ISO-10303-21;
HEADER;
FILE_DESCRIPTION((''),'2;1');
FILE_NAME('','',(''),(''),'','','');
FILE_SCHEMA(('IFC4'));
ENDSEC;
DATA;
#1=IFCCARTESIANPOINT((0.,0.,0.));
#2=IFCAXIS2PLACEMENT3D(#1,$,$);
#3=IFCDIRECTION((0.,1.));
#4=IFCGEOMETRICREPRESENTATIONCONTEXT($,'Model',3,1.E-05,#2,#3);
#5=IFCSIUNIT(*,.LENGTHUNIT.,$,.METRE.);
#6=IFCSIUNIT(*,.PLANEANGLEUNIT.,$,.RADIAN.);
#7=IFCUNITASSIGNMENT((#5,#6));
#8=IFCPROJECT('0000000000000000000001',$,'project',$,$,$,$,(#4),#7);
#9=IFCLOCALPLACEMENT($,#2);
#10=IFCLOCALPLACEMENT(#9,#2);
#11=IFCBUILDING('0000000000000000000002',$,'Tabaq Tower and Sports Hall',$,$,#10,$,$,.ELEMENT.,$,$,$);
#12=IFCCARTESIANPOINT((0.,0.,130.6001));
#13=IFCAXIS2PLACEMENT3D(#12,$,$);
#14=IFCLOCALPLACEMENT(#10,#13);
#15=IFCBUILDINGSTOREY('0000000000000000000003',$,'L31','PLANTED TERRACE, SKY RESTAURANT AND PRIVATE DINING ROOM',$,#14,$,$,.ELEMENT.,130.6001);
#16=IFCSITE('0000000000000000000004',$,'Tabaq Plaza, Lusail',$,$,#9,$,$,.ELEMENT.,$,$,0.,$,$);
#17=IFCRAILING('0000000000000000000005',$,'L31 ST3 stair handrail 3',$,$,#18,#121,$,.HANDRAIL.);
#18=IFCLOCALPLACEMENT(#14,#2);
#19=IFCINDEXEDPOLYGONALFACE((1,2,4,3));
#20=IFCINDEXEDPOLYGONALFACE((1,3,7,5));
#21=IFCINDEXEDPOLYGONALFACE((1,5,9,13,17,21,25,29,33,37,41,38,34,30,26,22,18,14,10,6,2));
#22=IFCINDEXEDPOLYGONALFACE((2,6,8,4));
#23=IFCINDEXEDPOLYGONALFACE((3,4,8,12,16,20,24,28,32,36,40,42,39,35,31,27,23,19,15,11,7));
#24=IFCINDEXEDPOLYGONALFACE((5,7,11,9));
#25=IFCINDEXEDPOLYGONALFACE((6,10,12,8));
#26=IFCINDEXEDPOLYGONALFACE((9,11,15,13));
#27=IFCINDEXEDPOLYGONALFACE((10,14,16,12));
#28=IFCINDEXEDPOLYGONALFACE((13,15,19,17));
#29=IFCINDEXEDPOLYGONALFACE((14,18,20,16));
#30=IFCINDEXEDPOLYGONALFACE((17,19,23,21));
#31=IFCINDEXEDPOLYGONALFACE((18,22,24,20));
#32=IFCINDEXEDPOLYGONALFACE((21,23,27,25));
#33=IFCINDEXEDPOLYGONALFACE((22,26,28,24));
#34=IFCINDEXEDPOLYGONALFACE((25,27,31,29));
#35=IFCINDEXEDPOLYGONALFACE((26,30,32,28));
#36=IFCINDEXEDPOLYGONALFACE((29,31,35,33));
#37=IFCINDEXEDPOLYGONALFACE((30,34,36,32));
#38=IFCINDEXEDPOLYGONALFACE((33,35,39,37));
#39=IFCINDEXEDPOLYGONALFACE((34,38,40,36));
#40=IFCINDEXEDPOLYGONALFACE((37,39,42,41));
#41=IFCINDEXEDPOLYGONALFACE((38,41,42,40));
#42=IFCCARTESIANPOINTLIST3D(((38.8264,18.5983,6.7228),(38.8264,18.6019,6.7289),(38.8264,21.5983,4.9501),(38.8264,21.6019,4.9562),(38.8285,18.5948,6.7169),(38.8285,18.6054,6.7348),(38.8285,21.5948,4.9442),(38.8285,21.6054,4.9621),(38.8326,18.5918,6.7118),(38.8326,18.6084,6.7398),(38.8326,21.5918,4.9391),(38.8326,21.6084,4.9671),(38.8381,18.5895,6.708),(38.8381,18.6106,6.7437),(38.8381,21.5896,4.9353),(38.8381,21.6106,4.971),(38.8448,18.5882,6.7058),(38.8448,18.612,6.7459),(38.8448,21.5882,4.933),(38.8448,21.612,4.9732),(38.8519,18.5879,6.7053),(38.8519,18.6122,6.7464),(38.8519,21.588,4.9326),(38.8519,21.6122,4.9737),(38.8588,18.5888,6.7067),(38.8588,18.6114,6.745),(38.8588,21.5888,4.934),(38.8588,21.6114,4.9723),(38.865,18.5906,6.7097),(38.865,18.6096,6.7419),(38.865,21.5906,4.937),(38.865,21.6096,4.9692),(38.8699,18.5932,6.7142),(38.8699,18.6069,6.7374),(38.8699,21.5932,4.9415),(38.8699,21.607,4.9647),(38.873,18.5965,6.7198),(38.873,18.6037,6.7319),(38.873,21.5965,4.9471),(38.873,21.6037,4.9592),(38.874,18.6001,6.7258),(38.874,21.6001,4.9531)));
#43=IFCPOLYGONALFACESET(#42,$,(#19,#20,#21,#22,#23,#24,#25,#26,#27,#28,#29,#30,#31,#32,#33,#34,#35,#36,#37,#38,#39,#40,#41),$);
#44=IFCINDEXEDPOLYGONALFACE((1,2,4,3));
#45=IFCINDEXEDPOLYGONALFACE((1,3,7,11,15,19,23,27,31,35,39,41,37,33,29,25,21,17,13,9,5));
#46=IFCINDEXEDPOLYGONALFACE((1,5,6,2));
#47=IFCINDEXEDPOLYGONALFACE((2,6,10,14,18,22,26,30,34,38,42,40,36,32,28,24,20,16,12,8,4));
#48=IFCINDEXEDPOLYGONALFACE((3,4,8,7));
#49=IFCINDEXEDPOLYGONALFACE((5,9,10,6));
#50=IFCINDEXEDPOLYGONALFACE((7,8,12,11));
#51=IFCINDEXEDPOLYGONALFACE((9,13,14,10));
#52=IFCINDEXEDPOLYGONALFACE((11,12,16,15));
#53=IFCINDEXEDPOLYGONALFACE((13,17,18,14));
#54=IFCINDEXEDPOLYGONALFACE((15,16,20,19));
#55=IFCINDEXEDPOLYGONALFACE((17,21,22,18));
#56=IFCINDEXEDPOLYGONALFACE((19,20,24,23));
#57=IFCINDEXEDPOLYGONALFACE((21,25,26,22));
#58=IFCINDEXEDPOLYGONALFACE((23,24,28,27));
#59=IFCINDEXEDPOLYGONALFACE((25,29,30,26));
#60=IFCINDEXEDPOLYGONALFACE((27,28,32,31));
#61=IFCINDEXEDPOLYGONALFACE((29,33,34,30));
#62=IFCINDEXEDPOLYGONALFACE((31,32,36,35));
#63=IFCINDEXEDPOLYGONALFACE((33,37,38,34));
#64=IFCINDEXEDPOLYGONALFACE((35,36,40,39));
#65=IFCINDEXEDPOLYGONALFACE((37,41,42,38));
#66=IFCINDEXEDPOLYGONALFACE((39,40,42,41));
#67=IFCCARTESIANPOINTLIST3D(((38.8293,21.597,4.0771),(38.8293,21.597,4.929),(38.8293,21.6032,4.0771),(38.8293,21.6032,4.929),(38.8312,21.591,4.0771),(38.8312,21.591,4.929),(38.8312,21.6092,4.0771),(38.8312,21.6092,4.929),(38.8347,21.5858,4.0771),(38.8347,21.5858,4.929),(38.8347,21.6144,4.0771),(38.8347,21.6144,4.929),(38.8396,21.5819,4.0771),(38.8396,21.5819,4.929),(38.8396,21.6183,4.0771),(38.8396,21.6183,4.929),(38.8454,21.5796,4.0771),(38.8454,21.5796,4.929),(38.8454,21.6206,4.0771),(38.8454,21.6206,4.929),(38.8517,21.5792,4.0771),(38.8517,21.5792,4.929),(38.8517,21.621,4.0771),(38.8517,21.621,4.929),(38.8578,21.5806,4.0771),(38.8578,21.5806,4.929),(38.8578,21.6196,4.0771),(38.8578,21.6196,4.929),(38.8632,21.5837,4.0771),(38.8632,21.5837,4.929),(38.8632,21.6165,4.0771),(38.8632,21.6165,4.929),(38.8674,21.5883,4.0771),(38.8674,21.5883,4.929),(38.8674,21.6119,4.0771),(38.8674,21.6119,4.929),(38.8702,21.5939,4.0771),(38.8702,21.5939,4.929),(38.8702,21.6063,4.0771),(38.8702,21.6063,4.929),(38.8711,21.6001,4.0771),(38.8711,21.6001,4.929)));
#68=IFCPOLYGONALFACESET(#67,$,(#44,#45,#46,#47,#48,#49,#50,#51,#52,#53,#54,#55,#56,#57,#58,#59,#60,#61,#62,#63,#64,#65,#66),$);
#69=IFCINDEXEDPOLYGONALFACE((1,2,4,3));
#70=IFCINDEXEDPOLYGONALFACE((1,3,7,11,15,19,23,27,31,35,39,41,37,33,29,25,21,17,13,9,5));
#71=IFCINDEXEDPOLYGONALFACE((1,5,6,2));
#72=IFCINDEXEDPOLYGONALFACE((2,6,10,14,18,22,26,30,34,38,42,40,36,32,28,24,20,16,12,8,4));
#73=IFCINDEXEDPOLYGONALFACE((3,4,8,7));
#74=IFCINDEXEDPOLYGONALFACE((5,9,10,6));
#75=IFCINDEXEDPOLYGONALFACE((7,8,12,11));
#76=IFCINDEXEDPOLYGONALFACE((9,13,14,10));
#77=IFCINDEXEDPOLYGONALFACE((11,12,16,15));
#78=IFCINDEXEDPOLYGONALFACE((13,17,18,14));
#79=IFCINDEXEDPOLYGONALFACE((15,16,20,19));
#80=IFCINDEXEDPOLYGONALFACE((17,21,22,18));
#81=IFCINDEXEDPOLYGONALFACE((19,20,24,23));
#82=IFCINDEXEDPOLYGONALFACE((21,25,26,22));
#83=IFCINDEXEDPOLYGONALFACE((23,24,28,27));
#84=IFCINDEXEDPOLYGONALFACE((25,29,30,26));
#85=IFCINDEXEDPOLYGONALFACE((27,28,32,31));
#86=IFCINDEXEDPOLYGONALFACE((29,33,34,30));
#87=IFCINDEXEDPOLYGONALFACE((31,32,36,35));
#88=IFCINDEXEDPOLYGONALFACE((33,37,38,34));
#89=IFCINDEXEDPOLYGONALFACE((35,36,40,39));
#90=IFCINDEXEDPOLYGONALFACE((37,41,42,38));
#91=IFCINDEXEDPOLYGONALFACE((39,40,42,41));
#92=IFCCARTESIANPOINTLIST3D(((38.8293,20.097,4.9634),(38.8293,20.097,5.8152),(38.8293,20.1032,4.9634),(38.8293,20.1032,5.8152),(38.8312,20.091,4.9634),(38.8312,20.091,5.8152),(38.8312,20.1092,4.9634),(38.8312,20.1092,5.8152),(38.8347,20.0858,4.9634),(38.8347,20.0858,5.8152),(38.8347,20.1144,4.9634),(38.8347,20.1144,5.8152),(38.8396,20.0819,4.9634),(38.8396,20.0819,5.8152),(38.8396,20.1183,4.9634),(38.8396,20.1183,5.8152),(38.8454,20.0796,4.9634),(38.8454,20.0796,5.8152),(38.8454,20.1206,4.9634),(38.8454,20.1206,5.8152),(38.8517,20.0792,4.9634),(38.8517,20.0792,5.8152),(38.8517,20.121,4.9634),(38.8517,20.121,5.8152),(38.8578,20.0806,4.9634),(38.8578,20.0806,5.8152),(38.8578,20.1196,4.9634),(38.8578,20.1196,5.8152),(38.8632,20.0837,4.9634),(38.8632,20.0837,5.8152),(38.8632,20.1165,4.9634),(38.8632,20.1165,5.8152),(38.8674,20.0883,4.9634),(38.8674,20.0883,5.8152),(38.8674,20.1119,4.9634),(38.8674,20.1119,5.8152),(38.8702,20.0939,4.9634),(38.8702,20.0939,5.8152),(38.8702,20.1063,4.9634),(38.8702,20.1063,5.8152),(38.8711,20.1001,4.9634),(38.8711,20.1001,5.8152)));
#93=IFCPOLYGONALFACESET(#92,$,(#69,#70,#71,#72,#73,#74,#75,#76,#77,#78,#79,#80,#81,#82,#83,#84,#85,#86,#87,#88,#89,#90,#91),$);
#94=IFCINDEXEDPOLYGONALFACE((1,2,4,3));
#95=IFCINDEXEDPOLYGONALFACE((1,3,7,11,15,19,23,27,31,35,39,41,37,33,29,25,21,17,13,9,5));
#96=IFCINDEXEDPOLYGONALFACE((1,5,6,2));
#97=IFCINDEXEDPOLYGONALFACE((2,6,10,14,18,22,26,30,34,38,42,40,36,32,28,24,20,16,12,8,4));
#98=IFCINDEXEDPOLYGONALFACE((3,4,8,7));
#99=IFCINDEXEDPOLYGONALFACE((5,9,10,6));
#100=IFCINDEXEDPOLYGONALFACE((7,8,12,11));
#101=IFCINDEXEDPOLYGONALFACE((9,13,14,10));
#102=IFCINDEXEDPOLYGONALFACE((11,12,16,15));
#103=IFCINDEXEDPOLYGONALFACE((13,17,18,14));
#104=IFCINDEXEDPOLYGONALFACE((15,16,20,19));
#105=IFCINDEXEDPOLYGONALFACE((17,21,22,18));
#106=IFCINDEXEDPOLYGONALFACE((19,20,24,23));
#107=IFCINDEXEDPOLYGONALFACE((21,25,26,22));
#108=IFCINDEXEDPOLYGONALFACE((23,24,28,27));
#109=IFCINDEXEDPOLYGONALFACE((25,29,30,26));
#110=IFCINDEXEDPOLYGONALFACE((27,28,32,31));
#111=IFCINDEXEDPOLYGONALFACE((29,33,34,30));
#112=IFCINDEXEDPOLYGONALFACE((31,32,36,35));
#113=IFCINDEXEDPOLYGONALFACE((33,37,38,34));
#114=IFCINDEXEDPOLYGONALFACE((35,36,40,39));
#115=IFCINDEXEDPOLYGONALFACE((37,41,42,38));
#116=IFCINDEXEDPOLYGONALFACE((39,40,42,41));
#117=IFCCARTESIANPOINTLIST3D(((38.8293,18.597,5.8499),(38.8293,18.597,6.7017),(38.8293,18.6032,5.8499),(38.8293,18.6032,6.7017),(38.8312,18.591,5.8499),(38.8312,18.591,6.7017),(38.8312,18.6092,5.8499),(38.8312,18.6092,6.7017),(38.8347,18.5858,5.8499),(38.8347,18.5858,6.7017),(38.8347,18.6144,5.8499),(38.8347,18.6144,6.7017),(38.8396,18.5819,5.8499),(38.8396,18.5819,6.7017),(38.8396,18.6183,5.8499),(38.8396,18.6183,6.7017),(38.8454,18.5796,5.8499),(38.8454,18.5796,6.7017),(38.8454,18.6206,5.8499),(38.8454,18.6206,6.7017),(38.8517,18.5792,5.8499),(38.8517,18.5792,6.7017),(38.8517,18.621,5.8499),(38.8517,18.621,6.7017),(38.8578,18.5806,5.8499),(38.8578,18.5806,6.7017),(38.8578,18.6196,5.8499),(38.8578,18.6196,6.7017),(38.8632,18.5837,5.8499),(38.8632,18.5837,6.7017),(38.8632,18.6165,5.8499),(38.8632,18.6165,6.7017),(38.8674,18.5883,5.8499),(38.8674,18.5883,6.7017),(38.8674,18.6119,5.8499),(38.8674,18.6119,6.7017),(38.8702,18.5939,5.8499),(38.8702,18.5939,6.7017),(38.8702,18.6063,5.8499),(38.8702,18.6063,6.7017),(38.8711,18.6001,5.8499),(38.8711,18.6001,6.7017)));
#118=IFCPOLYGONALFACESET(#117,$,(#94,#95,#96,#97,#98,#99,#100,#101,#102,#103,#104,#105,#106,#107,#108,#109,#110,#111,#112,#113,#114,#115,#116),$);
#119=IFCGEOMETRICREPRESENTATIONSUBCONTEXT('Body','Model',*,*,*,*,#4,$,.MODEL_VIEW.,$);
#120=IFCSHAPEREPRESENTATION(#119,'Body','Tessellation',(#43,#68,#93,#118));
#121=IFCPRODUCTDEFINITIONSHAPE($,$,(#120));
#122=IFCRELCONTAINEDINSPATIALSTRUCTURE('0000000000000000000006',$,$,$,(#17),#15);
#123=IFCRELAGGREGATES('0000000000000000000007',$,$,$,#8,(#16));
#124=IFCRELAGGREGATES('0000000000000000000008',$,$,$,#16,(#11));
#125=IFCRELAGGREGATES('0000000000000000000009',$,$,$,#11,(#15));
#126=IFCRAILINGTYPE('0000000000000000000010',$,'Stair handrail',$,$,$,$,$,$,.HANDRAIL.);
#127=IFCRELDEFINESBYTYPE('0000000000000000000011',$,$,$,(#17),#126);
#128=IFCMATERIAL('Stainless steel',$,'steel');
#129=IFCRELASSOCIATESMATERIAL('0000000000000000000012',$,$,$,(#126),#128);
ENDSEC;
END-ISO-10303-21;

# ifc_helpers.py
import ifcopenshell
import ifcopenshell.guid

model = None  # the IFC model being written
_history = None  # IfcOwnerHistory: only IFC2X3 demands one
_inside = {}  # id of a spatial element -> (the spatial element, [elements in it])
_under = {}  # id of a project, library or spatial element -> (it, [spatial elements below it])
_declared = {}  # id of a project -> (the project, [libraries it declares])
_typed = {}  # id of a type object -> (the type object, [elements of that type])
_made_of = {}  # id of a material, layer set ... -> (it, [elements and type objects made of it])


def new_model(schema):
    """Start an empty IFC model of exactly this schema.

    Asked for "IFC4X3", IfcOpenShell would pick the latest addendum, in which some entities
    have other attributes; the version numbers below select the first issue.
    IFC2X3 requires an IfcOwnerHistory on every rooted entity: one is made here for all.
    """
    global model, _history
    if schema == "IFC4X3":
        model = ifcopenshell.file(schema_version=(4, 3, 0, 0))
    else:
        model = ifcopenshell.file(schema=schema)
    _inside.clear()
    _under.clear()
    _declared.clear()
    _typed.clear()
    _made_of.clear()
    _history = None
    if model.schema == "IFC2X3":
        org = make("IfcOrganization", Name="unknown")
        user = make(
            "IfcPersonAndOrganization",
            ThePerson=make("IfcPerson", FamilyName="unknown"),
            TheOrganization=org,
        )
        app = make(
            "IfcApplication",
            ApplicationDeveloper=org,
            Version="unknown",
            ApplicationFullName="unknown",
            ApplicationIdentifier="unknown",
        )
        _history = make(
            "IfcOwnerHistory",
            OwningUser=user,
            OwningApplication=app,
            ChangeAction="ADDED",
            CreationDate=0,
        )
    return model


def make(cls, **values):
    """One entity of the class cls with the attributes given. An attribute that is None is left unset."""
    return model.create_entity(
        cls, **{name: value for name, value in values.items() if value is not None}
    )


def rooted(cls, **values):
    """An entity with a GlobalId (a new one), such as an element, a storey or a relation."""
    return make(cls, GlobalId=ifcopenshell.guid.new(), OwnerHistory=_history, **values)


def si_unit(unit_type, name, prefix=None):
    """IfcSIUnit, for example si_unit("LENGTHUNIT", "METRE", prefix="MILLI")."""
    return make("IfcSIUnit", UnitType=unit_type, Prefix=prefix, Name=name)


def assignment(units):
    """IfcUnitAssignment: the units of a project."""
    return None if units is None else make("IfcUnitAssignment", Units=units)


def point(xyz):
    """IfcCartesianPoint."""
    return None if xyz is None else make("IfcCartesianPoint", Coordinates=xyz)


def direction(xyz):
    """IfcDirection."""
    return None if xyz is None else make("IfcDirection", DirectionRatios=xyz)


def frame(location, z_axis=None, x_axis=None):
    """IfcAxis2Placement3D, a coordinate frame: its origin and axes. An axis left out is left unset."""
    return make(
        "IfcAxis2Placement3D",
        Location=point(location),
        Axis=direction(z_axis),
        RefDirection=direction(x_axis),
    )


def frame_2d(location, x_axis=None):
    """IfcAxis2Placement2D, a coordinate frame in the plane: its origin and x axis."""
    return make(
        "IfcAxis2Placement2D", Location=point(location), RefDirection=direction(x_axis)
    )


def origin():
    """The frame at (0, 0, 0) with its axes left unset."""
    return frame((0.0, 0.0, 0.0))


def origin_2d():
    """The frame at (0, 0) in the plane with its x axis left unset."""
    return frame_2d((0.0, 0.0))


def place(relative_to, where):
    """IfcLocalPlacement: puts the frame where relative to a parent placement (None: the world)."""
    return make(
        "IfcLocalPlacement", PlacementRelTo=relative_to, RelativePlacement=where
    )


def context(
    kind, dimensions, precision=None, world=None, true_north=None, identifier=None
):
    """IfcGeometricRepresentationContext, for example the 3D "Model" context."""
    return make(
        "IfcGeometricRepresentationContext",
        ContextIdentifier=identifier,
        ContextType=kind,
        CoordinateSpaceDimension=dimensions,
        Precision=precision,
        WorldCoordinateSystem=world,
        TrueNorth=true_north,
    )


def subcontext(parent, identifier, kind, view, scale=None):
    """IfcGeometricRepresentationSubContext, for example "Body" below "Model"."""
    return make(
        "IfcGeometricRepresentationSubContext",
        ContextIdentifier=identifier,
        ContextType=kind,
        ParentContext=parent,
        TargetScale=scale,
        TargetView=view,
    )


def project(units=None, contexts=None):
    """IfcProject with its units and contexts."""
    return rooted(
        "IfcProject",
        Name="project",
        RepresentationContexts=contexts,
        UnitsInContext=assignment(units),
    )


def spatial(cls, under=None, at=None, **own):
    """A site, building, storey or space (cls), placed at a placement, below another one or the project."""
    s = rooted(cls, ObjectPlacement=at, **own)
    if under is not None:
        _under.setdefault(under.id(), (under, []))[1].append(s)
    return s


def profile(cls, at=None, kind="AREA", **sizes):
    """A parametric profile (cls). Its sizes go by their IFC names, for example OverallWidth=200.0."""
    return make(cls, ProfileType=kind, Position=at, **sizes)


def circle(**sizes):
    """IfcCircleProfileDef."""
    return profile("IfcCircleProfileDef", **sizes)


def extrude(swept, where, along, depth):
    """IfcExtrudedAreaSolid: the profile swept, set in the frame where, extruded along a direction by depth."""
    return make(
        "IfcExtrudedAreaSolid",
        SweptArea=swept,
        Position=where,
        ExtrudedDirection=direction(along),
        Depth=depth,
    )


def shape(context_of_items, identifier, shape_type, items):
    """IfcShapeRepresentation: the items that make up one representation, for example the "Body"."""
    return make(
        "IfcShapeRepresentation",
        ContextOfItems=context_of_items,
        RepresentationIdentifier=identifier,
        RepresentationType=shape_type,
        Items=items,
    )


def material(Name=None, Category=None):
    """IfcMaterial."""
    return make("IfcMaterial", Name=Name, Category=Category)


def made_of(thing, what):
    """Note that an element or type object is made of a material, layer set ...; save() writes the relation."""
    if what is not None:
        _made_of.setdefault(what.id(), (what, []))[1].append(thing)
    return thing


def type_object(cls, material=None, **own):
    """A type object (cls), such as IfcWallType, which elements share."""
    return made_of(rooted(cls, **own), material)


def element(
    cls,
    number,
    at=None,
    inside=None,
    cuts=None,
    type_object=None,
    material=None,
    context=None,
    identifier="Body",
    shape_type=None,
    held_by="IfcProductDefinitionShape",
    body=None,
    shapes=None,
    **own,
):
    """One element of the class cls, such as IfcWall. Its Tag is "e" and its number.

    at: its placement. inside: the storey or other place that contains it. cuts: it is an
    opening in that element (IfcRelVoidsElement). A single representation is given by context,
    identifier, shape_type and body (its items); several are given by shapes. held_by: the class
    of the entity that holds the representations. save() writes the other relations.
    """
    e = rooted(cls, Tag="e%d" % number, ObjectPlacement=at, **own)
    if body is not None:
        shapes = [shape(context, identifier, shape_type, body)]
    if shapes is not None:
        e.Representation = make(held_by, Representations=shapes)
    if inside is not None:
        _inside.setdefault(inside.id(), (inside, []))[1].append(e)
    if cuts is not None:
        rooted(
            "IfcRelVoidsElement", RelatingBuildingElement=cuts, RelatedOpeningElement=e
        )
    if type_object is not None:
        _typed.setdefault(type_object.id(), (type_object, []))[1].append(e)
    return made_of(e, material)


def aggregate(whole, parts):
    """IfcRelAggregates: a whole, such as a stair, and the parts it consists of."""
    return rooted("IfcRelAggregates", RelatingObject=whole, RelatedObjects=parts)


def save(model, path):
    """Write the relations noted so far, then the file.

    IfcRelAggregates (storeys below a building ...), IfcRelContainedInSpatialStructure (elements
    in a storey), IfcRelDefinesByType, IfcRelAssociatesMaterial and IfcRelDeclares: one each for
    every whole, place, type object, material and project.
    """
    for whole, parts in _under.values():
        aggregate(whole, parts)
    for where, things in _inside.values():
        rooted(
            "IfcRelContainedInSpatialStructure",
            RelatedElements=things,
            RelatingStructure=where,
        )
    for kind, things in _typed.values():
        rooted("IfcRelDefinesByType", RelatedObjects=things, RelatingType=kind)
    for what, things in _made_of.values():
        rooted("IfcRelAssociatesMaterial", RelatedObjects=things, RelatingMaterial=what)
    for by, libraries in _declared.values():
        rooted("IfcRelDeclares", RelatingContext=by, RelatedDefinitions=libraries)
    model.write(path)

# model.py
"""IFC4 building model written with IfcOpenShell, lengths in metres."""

from ifc_helpers import new_model, si_unit, direction, frame, origin, origin_2d, place, context, subcontext, project, spatial, circle, extrude, material, type_object, element, save


model = new_model("IFC4")

# Units and contexts
model_context = context("Model", 3, precision=1e-05, world=origin(), true_north=direction((0.0, 1.0)))
body_context = subcontext(model_context, "Body", "Model", "MODEL_VIEW")
ifc_project = project(units=[si_unit("LENGTHUNIT", "METRE"), si_unit("PLANEANGLEUNIT", "RADIAN")], contexts=[model_context])

# Site, building, storey
site_placement = place(None, origin())
site = spatial("IfcSite", under=ifc_project, at=site_placement, Name="Tabaq Plaza, Lusail", CompositionType="ELEMENT", RefElevation=0.0)
building_placement = place(site_placement, origin())
building = spatial("IfcBuilding", under=site, at=building_placement, Name="Tabaq Tower and Sports Hall", CompositionType="ELEMENT")
storey_placement = place(building_placement, frame((0.0, 0.0, 130.6001)))
storey = spatial("IfcBuildingStorey", under=building, at=storey_placement, Name="L31", Description="PLANTED TERRACE, SKY RESTAURANT AND PRIVATE DINING ROOM", CompositionType="ELEMENT", Elevation=130.6001)

# Railing
ifc_material_1 = material(Name="Stainless steel", Category="steel")
railing_type_1 = type_object("IfcRailingType", Name="Stair handrail", PredefinedType="HANDRAIL", material=ifc_material_1)
railing_1_placement = place(storey_placement, frame((38.8501, 21.6001, 4.0771)))
element("IfcRailing", 1, at=railing_1_placement, inside=storey, type_object=railing_type_1, Name="L31 ST3 stair handrail 3", PredefinedType="HANDRAIL", context=body_context, shape_type="SweptSolid", body=[
    extrude(circle(Radius=0.0239, at=origin_2d()), frame((0.0, 0.0, 0.876), z_axis=(0.0, -0.860929, 0.508725), x_axis=(1.0, 0.0, 0.0)), (0.0, 0.0, 1.0), 3.4846),
    extrude(circle(Radius=0.021, at=origin_2d()), origin(), (0.0, 0.0, 1.0), 0.8518),
    extrude(circle(Radius=0.021, at=origin_2d()), frame((0.0, -1.5, 0.8862)), (0.0, 0.0, 1.0), 0.8518),
    extrude(circle(Radius=0.021, at=origin_2d()), frame((0.0, -3.0, 1.7727)), (0.0, 0.0, 1.0), 0.8518),
])

save(model, "model.ifc")
